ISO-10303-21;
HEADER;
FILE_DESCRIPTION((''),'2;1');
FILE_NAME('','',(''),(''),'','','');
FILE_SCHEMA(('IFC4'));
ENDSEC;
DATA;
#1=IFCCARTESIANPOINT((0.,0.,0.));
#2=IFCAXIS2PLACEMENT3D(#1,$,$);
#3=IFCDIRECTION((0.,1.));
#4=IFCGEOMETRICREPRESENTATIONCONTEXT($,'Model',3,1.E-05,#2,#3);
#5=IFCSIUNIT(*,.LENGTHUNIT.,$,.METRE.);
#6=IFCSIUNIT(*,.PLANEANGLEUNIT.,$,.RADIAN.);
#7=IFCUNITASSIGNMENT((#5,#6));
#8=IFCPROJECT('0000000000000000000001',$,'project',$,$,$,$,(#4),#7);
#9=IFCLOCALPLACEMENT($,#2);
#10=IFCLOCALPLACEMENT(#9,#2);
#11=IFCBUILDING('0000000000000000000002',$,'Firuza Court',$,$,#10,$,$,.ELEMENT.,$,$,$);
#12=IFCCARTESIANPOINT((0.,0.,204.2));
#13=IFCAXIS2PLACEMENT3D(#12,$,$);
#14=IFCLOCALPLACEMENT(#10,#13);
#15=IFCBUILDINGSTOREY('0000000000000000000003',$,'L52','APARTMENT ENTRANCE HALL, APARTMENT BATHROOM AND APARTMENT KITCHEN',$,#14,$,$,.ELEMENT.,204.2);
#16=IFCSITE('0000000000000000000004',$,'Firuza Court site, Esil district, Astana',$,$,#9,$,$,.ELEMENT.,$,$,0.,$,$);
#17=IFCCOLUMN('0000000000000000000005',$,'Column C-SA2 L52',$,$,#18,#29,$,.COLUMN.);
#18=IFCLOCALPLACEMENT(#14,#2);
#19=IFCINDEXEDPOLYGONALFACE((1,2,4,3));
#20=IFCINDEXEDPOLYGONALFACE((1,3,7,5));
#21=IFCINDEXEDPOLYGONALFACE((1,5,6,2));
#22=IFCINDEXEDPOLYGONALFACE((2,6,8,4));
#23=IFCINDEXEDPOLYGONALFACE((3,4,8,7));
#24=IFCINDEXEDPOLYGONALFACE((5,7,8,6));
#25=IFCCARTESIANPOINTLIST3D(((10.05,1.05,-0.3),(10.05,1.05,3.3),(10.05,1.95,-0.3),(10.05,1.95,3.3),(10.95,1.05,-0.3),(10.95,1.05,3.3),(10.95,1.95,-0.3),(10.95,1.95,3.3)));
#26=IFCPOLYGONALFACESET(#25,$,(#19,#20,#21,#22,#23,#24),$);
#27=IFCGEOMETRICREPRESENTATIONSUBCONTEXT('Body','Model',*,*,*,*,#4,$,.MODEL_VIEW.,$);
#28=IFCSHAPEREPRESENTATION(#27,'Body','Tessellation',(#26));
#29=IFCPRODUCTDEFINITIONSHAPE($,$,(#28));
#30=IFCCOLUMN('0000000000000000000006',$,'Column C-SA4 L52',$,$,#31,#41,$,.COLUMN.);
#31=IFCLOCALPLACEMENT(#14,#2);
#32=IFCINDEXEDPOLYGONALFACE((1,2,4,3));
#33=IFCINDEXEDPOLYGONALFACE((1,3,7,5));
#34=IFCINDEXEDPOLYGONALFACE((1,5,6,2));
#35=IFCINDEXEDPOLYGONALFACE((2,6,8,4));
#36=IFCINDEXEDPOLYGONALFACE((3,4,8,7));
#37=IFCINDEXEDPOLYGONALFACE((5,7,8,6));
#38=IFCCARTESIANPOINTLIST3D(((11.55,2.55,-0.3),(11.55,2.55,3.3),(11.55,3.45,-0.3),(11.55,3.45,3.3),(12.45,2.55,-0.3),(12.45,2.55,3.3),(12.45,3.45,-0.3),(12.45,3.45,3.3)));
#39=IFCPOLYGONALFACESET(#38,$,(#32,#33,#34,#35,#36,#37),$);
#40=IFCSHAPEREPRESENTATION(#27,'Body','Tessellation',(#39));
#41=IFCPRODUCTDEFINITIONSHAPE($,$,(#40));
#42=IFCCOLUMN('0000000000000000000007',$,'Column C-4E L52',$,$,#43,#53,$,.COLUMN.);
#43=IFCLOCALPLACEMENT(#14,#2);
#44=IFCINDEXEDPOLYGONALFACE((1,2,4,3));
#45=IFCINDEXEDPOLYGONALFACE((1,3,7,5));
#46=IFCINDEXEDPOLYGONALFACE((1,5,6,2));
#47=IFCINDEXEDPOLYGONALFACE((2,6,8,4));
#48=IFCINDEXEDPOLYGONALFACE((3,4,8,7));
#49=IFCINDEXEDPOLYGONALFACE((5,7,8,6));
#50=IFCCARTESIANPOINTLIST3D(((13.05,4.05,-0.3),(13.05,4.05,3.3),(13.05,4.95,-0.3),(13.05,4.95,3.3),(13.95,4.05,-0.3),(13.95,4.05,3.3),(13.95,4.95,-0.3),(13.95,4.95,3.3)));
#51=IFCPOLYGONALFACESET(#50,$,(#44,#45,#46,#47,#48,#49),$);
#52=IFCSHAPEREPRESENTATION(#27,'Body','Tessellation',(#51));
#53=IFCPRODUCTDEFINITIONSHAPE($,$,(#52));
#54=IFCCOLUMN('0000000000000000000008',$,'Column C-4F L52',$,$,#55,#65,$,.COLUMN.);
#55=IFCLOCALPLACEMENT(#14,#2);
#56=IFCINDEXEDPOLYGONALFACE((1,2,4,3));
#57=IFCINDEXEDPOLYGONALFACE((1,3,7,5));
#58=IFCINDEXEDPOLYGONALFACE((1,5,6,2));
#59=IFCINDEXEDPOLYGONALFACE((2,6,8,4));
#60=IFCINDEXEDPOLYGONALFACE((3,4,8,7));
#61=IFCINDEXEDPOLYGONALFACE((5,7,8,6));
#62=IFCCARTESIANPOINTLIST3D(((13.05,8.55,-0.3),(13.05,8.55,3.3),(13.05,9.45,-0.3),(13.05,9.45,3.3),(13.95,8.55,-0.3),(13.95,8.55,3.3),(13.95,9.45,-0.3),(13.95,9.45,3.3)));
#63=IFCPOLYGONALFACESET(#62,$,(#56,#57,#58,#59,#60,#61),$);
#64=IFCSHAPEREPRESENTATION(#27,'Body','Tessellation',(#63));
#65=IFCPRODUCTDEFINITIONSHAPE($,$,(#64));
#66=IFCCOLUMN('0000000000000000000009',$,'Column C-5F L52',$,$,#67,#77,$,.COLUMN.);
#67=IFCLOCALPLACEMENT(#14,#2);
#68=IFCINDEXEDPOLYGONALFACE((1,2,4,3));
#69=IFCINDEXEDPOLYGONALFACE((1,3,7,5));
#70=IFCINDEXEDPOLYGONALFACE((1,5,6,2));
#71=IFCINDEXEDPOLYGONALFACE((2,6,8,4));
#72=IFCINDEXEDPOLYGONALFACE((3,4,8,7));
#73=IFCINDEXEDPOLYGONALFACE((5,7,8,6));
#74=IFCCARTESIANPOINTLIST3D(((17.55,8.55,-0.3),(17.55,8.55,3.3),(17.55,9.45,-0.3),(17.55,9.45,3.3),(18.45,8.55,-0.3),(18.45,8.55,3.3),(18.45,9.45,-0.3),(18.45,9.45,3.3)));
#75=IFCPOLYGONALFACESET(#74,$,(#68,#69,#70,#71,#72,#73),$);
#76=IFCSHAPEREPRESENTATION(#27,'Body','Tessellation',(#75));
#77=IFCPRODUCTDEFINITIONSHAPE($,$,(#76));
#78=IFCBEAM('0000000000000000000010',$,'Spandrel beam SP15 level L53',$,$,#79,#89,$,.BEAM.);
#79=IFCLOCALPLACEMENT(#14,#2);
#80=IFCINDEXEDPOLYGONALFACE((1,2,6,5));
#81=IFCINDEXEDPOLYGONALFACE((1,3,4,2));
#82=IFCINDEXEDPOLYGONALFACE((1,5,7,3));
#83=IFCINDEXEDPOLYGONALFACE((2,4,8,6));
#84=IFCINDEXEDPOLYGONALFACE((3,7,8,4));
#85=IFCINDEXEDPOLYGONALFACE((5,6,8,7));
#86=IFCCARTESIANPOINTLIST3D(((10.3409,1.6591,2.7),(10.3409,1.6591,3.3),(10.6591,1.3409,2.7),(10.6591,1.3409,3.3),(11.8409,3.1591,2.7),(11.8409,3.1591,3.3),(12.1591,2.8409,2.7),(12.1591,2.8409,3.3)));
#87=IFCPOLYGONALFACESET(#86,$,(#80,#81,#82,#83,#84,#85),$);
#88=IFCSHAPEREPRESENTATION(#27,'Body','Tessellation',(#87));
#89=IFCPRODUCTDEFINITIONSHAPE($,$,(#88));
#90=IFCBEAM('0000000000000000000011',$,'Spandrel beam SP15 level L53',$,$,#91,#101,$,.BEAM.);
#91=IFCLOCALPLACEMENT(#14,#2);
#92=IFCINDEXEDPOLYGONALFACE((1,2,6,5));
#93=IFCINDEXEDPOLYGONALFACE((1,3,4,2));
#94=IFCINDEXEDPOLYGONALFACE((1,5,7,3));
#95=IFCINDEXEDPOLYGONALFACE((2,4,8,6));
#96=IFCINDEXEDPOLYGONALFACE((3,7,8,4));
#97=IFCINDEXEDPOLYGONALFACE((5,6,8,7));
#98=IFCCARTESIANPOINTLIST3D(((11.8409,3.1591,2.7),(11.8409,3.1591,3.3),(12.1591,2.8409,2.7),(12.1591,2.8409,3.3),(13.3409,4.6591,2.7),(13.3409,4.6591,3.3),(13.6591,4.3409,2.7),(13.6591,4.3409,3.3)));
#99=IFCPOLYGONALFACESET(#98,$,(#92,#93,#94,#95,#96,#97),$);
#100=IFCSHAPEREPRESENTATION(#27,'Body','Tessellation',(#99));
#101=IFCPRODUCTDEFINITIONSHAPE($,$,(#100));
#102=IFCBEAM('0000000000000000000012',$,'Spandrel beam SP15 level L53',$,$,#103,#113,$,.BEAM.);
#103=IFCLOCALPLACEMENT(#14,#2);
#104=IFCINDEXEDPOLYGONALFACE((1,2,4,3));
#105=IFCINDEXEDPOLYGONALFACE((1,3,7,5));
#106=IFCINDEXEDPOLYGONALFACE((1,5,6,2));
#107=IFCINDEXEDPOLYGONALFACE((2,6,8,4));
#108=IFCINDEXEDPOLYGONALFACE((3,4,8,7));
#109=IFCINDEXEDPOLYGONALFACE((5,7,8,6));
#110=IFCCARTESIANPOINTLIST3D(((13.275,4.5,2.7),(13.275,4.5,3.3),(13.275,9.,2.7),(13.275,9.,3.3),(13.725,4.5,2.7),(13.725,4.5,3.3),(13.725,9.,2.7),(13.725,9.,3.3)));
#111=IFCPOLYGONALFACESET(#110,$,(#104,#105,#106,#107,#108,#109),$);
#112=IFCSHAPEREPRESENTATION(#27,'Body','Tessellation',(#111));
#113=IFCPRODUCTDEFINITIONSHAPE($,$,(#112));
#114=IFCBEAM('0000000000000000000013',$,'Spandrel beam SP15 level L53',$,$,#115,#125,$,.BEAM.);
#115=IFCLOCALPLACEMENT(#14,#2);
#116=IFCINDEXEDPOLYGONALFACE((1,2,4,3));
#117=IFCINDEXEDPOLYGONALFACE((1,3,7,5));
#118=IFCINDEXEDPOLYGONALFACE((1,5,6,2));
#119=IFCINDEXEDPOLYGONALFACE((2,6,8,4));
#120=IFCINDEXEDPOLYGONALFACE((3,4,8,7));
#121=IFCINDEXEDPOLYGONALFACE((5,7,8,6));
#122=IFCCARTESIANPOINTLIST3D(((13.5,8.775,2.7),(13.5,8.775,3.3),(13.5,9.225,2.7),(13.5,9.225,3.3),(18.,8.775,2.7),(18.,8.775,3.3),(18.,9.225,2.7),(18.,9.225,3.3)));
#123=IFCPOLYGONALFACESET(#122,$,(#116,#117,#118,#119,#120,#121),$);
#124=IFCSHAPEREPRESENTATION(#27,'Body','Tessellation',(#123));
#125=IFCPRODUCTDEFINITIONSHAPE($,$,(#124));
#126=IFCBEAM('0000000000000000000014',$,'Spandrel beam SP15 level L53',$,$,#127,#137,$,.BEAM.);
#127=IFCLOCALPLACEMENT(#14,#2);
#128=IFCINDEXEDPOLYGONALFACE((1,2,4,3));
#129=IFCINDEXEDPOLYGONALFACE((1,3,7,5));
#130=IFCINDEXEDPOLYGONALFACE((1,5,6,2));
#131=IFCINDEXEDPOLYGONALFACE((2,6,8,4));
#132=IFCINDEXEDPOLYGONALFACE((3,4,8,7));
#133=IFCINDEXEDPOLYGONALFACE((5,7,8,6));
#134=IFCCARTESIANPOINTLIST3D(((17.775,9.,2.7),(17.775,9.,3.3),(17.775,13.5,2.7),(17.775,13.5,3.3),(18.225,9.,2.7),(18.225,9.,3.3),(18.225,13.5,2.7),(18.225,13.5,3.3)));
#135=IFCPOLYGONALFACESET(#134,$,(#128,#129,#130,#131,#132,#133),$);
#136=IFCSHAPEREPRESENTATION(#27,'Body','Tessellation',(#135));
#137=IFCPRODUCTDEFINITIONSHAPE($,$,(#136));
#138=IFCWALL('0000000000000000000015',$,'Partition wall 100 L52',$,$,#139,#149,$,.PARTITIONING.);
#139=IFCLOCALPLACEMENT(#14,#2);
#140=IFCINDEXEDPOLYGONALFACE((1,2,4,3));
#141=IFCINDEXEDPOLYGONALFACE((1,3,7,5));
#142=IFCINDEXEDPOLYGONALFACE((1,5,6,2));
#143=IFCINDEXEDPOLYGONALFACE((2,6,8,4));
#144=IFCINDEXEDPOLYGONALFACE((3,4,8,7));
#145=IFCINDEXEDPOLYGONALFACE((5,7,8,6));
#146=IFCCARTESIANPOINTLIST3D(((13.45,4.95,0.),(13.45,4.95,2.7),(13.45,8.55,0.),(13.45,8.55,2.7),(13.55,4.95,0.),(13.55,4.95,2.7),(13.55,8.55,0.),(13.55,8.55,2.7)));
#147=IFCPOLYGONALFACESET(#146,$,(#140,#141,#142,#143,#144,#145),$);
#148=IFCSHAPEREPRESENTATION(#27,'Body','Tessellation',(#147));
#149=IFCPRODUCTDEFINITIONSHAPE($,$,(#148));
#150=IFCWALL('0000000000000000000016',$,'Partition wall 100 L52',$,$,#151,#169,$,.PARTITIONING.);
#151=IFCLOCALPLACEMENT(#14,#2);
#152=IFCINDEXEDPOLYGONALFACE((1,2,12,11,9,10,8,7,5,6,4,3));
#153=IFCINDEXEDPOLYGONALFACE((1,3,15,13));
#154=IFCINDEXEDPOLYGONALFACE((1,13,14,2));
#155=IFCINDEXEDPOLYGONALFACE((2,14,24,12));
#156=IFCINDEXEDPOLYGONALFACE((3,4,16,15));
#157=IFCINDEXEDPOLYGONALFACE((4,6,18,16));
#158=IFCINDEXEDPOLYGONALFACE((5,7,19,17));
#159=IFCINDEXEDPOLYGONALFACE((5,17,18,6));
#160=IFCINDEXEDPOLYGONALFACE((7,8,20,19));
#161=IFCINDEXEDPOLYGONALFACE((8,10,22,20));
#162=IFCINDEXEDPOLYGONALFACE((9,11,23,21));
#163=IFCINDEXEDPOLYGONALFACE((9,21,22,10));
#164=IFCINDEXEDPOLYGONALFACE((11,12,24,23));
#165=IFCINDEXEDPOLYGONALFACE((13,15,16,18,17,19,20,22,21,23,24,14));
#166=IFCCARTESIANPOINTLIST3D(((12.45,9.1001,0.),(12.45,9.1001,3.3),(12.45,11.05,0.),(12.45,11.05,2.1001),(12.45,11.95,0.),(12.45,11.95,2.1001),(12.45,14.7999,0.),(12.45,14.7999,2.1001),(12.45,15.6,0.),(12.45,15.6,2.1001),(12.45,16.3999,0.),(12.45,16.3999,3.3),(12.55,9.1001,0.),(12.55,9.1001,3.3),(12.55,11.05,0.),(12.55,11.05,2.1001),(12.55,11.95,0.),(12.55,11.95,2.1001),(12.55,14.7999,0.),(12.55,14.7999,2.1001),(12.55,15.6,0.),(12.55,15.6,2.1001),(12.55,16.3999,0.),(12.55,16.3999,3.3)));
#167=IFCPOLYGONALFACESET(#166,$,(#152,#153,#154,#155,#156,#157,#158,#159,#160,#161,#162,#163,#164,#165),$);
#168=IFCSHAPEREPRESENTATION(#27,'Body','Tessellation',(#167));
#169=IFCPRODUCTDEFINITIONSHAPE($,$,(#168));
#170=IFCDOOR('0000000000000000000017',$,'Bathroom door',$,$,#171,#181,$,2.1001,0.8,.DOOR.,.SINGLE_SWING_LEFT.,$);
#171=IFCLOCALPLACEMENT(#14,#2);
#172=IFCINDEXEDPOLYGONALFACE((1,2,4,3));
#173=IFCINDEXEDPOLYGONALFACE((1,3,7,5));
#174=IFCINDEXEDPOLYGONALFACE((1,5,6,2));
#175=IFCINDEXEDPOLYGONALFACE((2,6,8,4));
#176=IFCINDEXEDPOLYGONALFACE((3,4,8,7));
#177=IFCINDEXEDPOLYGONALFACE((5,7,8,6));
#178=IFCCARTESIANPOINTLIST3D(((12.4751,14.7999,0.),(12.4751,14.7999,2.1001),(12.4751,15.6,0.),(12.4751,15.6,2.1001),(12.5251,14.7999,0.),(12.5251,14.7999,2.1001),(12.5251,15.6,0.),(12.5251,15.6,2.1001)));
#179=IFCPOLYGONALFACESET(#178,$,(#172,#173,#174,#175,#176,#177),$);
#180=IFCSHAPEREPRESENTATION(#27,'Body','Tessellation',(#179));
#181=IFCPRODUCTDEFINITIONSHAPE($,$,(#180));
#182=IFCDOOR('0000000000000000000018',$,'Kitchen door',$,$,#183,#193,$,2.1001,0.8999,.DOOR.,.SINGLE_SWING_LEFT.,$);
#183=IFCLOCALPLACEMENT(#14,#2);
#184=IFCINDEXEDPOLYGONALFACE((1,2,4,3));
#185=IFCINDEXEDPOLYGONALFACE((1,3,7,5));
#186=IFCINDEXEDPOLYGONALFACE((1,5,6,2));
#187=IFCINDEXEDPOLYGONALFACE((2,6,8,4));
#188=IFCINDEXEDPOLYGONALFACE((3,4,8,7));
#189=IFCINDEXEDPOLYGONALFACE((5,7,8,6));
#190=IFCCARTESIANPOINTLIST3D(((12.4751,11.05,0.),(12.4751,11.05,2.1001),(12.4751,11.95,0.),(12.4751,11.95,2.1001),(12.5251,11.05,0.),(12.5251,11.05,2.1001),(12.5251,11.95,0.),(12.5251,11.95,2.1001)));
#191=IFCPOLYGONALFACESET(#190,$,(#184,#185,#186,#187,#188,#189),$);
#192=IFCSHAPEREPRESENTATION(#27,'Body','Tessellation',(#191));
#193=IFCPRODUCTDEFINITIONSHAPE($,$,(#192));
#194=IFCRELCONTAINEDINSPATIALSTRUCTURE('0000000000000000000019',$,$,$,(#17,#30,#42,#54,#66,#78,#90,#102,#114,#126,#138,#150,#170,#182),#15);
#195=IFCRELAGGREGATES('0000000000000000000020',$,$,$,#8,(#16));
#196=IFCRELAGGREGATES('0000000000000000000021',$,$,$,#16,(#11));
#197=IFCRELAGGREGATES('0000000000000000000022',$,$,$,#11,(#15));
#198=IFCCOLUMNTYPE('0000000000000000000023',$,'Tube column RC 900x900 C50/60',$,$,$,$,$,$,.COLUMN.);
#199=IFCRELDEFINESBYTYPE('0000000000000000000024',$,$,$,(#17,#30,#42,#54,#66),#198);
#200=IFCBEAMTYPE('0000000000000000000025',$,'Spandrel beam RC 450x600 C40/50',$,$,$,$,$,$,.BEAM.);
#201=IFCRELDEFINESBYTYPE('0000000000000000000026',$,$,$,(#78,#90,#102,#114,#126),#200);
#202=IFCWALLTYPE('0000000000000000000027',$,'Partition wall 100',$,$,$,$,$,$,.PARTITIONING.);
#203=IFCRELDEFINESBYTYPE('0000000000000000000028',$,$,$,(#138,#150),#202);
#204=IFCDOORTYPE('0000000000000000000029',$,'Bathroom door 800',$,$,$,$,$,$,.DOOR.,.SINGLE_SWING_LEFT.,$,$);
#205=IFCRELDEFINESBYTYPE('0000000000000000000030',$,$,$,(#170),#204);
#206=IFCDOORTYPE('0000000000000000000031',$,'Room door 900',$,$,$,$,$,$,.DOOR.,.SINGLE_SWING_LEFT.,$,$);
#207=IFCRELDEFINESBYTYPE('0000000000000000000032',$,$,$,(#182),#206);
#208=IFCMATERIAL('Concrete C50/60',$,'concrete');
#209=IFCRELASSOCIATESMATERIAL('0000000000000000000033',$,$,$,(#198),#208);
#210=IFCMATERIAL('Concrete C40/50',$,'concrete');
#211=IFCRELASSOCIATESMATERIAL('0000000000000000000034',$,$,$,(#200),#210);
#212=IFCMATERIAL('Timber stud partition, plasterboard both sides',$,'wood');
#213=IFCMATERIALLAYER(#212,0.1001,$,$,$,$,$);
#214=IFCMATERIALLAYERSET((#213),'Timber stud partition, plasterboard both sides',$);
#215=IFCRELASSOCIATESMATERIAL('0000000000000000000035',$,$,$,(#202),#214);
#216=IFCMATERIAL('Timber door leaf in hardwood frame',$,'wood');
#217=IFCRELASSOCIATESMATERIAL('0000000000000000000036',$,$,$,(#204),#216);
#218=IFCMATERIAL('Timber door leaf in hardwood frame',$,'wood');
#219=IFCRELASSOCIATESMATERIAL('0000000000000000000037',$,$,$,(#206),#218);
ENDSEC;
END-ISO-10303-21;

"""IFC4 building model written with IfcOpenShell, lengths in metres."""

from ifc_helpers import new_model, si_unit, direction, frame, frame_2d, origin, origin_2d, place, context, subcontext, project, spatial, rectangle, extrude, material, layer, layer_set, material_profile, profile_set, type_object, element, fill, save


model = new_model("IFC4")

# Units and contexts
model_context = context("Model", 3, precision=1e-05, world=origin(), true_north=direction((0.0, 1.0)))
body_context = subcontext(model_context, "Body", "Model", "MODEL_VIEW")
ifc_project = project(units=[si_unit("LENGTHUNIT", "METRE"), si_unit("PLANEANGLEUNIT", "RADIAN")], contexts=[model_context])

# Site, building, storey
site_placement = place(None, origin())
site = spatial("IfcSite", under=ifc_project, at=site_placement, Name="Firuza Court site, Esil district, Astana", CompositionType="ELEMENT", RefElevation=0.0)
building_placement = place(site_placement, origin())
building = spatial("IfcBuilding", under=site, at=building_placement, Name="Firuza Court", CompositionType="ELEMENT")
storey_placement = place(building_placement, frame((0.0, 0.0, 204.2)))
storey = spatial("IfcBuildingStorey", under=building, at=storey_placement, Name="L52", Description="APARTMENT ENTRANCE HALL, APARTMENT BATHROOM AND APARTMENT KITCHEN", CompositionType="ELEMENT", Elevation=204.2)

# Columns
ifc_material_1 = material(Name="Concrete C50/60", Category="concrete")
ifc_material_profile_1 = material_profile(ifc_material_1, rectangle(XDim=0.8999, YDim=0.8999, at=origin_2d()), Name="RC 900x900")
ifc_profile_set_1 = profile_set([ifc_material_profile_1], Name="Concrete C50/60")
column_type = type_object("IfcColumnType", Name="Tube column RC 900x900 C50/60", PredefinedType="COLUMN", material=ifc_profile_set_1)
for number, where, z_axis, x_axis, name in (
    (1, (10.5, 1.5, -0.3), (0.0, 0.0, 1.0), (1.0, 0.0, 0.0), "Column C-SA2 L52"),
    (2, (12.0, 3.0, -0.3), (0.0, 0.0, 1.0), (1.0, 0.0, 0.0), "Column C-SA4 L52"),
    (3, (13.5, 4.5, -0.3), (0.0, 0.0, 1.0), (1.0, 0.0, 0.0), "Column C-4E L52"),
    (4, (13.5, 9.0, -0.3), (0.0, 0.0, 1.0), (1.0, 0.0, 0.0), "Column C-4F L52"),
    (5, (18.0, 9.0, -0.3), (0.0, 0.0, 1.0), (1.0, 0.0, 0.0), "Column C-5F L52"),
):
    element("IfcColumn", number, at=place(storey_placement, frame(where, z_axis=z_axis, x_axis=x_axis)), inside=storey, type_object=column_type, Name=name, PredefinedType="COLUMN", context=body_context, shape_type="SweptSolid", body=[
        extrude(rectangle(XDim=0.8999, YDim=0.8999, at=origin_2d()), origin(), (0.0, 0.0, 1.0), 3.6001),
    ])

# Beams
ifc_material_2 = material(Name="Concrete C40/50", Category="concrete")
ifc_material_profile_2 = material_profile(ifc_material_2, rectangle(XDim=0.45, YDim=0.6001, at=origin_2d()), Name="RC 450x600")
ifc_profile_set_2 = profile_set([ifc_material_profile_2], Name="Concrete C40/50")
beam_type = type_object("IfcBeamType", Name="Spandrel beam RC 450x600 C40/50", PredefinedType="BEAM", material=ifc_profile_set_2)
for number, where, z_axis, x_axis, name in (
    (6, (10.5, 1.5, 3.0), (0.707107, 0.707107, 0.0), (-0.707107, 0.707107, 0.0), "Spandrel beam SP15 level L53"),
    (7, (12.0, 3.0, 3.0), (0.707107, 0.707107, 0.0), (-0.707107, 0.707107, 0.0), "Spandrel beam SP15 level L53"),
):
    element("IfcBeam", number, at=place(storey_placement, frame(where, z_axis=z_axis, x_axis=x_axis)), inside=storey, type_object=beam_type, Name=name, PredefinedType="BEAM", context=body_context, shape_type="SweptSolid", body=[
        extrude(rectangle(XDim=0.45, YDim=0.6001, at=origin_2d()), origin(), (0.0, 0.0, 1.0), 2.1213),
    ])
for number, where, z_axis, x_axis, name in (
    (8, (13.5, 4.5, 3.0), (0.0, 1.0, 0.0), (-1.0, 0.0, 0.0), "Spandrel beam SP15 level L53"),
    (9, (13.5, 9.0, 3.0), (1.0, 0.0, 0.0), (0.0, 1.0, 0.0), "Spandrel beam SP15 level L53"),
    (10, (18.0, 9.0, 3.0), (0.0, 1.0, 0.0), (-1.0, 0.0, 0.0), "Spandrel beam SP15 level L53"),
):
    element("IfcBeam", number, at=place(storey_placement, frame(where, z_axis=z_axis, x_axis=x_axis)), inside=storey, type_object=beam_type, Name=name, PredefinedType="BEAM", context=body_context, shape_type="SweptSolid", body=[
        extrude(rectangle(XDim=0.45, YDim=0.6001, at=origin_2d()), origin(), (0.0, 0.0, 1.0), 4.5),
    ])

# Wall
ifc_material_3 = material(Name="Timber stud partition, plasterboard both sides", Category="wood")
ifc_layer_1 = layer(ifc_material_3, 0.1001)
ifc_layer_set_1 = layer_set([ifc_layer_1], Name="Timber stud partition, plasterboard both sides")
wall_type_1 = type_object("IfcWallType", Name="Partition wall 100", PredefinedType="PARTITIONING", material=ifc_layer_set_1)
wall_1_placement = place(storey_placement, frame((13.5, 4.95, 0.0), z_axis=(0.0, 0.0, 1.0), x_axis=(0.0, 1.0, 0.0)))
element("IfcWall", 11, at=wall_1_placement, inside=storey, type_object=wall_type_1, Name="Partition wall 100 L52", PredefinedType="PARTITIONING", context=body_context, shape_type="SweptSolid", body=[
    extrude(rectangle(XDim=3.6001, YDim=0.1001, at=frame_2d((1.8, 0.0))), origin(), (0.0, 0.0, 1.0), 2.7),
])

# Wall, openings, doors
wall_2_placement = place(storey_placement, frame((12.5, 9.1001, 0.0), z_axis=(0.0, 0.0, 1.0), x_axis=(0.0, 1.0, 0.0)))
wall_2 = element("IfcWall", 12, at=wall_2_placement, inside=storey, type_object=wall_type_1, Name="Partition wall 100 L52", PredefinedType="PARTITIONING", context=body_context, shape_type="SweptSolid", body=[
    extrude(rectangle(XDim=7.2998, YDim=0.1001, at=frame_2d((3.6499, 0.0))), origin(), (0.0, 0.0, 1.0), 3.3),
])
opening_1_placement = place(wall_2_placement, frame((5.7, 0.0, 0.0)))
opening_1 = element("IfcOpeningElement", 13, at=opening_1_placement, cuts=wall_2, PredefinedType="OPENING", context=body_context, shape_type="SweptSolid", body=[
    extrude(rectangle(XDim=0.8, YDim=2.1001, at=frame_2d((0.3999, 1.05))), frame((0.0, 0.062, 0.0), z_axis=(0.0, -1.0, 0.0), x_axis=(1.0, 0.0, 0.0)), (0.0, 0.0, 1.0), 0.124),
])
opening_2_placement = place(wall_2_placement, frame((1.95, 0.0, 0.0)))
opening_2 = element("IfcOpeningElement", 14, at=opening_2_placement, cuts=wall_2, PredefinedType="OPENING", context=body_context, shape_type="SweptSolid", body=[
    extrude(rectangle(XDim=0.8999, YDim=2.1001, at=frame_2d((0.45, 1.05))), frame((0.0, 0.062, 0.0), z_axis=(0.0, -1.0, 0.0), x_axis=(1.0, 0.0, 0.0)), (0.0, 0.0, 1.0), 0.124),
])
ifc_material_4 = material(Name="Timber door leaf in hardwood frame", Category="wood")
door_type_1 = type_object("IfcDoorType", Name="Bathroom door 800", OperationType="SINGLE_SWING_LEFT", PredefinedType="DOOR", material=ifc_material_4)
door_1_placement = place(opening_1_placement, origin())
door_1 = element("IfcDoor", 15, at=door_1_placement, inside=storey, type_object=door_type_1, Name="Bathroom door", OperationType="SINGLE_SWING_LEFT", OverallHeight=2.1001, OverallWidth=0.8, PredefinedType="DOOR", context=body_context, shape_type="SweptSolid", body=[
    extrude(rectangle(XDim=0.8, YDim=2.1001, at=frame_2d((0.3999, 1.05))), frame((0.0, 0.0249, 0.0), z_axis=(0.0, -1.0, 0.0), x_axis=(1.0, 0.0, 0.0)), (0.0, 0.0, 1.0), 0.05),
])
fill(opening_1, door_1)
ifc_material_5 = material(Name="Timber door leaf in hardwood frame", Category="wood")
door_type_2 = type_object("IfcDoorType", Name="Room door 900", OperationType="SINGLE_SWING_LEFT", PredefinedType="DOOR", material=ifc_material_5)
door_2_placement = place(opening_2_placement, origin())
door_2 = element("IfcDoor", 16, at=door_2_placement, inside=storey, type_object=door_type_2, Name="Kitchen door", OperationType="SINGLE_SWING_LEFT", OverallHeight=2.1001, OverallWidth=0.8999, PredefinedType="DOOR", context=body_context, shape_type="SweptSolid", body=[
    extrude(rectangle(XDim=0.8999, YDim=2.1001, at=frame_2d((0.45, 1.05))), frame((0.0, 0.0249, 0.0), z_axis=(0.0, -1.0, 0.0), x_axis=(1.0, 0.0, 0.0)), (0.0, 0.0, 1.0), 0.05),
])
fill(opening_2, door_2)

save(model, "model.ifc")
